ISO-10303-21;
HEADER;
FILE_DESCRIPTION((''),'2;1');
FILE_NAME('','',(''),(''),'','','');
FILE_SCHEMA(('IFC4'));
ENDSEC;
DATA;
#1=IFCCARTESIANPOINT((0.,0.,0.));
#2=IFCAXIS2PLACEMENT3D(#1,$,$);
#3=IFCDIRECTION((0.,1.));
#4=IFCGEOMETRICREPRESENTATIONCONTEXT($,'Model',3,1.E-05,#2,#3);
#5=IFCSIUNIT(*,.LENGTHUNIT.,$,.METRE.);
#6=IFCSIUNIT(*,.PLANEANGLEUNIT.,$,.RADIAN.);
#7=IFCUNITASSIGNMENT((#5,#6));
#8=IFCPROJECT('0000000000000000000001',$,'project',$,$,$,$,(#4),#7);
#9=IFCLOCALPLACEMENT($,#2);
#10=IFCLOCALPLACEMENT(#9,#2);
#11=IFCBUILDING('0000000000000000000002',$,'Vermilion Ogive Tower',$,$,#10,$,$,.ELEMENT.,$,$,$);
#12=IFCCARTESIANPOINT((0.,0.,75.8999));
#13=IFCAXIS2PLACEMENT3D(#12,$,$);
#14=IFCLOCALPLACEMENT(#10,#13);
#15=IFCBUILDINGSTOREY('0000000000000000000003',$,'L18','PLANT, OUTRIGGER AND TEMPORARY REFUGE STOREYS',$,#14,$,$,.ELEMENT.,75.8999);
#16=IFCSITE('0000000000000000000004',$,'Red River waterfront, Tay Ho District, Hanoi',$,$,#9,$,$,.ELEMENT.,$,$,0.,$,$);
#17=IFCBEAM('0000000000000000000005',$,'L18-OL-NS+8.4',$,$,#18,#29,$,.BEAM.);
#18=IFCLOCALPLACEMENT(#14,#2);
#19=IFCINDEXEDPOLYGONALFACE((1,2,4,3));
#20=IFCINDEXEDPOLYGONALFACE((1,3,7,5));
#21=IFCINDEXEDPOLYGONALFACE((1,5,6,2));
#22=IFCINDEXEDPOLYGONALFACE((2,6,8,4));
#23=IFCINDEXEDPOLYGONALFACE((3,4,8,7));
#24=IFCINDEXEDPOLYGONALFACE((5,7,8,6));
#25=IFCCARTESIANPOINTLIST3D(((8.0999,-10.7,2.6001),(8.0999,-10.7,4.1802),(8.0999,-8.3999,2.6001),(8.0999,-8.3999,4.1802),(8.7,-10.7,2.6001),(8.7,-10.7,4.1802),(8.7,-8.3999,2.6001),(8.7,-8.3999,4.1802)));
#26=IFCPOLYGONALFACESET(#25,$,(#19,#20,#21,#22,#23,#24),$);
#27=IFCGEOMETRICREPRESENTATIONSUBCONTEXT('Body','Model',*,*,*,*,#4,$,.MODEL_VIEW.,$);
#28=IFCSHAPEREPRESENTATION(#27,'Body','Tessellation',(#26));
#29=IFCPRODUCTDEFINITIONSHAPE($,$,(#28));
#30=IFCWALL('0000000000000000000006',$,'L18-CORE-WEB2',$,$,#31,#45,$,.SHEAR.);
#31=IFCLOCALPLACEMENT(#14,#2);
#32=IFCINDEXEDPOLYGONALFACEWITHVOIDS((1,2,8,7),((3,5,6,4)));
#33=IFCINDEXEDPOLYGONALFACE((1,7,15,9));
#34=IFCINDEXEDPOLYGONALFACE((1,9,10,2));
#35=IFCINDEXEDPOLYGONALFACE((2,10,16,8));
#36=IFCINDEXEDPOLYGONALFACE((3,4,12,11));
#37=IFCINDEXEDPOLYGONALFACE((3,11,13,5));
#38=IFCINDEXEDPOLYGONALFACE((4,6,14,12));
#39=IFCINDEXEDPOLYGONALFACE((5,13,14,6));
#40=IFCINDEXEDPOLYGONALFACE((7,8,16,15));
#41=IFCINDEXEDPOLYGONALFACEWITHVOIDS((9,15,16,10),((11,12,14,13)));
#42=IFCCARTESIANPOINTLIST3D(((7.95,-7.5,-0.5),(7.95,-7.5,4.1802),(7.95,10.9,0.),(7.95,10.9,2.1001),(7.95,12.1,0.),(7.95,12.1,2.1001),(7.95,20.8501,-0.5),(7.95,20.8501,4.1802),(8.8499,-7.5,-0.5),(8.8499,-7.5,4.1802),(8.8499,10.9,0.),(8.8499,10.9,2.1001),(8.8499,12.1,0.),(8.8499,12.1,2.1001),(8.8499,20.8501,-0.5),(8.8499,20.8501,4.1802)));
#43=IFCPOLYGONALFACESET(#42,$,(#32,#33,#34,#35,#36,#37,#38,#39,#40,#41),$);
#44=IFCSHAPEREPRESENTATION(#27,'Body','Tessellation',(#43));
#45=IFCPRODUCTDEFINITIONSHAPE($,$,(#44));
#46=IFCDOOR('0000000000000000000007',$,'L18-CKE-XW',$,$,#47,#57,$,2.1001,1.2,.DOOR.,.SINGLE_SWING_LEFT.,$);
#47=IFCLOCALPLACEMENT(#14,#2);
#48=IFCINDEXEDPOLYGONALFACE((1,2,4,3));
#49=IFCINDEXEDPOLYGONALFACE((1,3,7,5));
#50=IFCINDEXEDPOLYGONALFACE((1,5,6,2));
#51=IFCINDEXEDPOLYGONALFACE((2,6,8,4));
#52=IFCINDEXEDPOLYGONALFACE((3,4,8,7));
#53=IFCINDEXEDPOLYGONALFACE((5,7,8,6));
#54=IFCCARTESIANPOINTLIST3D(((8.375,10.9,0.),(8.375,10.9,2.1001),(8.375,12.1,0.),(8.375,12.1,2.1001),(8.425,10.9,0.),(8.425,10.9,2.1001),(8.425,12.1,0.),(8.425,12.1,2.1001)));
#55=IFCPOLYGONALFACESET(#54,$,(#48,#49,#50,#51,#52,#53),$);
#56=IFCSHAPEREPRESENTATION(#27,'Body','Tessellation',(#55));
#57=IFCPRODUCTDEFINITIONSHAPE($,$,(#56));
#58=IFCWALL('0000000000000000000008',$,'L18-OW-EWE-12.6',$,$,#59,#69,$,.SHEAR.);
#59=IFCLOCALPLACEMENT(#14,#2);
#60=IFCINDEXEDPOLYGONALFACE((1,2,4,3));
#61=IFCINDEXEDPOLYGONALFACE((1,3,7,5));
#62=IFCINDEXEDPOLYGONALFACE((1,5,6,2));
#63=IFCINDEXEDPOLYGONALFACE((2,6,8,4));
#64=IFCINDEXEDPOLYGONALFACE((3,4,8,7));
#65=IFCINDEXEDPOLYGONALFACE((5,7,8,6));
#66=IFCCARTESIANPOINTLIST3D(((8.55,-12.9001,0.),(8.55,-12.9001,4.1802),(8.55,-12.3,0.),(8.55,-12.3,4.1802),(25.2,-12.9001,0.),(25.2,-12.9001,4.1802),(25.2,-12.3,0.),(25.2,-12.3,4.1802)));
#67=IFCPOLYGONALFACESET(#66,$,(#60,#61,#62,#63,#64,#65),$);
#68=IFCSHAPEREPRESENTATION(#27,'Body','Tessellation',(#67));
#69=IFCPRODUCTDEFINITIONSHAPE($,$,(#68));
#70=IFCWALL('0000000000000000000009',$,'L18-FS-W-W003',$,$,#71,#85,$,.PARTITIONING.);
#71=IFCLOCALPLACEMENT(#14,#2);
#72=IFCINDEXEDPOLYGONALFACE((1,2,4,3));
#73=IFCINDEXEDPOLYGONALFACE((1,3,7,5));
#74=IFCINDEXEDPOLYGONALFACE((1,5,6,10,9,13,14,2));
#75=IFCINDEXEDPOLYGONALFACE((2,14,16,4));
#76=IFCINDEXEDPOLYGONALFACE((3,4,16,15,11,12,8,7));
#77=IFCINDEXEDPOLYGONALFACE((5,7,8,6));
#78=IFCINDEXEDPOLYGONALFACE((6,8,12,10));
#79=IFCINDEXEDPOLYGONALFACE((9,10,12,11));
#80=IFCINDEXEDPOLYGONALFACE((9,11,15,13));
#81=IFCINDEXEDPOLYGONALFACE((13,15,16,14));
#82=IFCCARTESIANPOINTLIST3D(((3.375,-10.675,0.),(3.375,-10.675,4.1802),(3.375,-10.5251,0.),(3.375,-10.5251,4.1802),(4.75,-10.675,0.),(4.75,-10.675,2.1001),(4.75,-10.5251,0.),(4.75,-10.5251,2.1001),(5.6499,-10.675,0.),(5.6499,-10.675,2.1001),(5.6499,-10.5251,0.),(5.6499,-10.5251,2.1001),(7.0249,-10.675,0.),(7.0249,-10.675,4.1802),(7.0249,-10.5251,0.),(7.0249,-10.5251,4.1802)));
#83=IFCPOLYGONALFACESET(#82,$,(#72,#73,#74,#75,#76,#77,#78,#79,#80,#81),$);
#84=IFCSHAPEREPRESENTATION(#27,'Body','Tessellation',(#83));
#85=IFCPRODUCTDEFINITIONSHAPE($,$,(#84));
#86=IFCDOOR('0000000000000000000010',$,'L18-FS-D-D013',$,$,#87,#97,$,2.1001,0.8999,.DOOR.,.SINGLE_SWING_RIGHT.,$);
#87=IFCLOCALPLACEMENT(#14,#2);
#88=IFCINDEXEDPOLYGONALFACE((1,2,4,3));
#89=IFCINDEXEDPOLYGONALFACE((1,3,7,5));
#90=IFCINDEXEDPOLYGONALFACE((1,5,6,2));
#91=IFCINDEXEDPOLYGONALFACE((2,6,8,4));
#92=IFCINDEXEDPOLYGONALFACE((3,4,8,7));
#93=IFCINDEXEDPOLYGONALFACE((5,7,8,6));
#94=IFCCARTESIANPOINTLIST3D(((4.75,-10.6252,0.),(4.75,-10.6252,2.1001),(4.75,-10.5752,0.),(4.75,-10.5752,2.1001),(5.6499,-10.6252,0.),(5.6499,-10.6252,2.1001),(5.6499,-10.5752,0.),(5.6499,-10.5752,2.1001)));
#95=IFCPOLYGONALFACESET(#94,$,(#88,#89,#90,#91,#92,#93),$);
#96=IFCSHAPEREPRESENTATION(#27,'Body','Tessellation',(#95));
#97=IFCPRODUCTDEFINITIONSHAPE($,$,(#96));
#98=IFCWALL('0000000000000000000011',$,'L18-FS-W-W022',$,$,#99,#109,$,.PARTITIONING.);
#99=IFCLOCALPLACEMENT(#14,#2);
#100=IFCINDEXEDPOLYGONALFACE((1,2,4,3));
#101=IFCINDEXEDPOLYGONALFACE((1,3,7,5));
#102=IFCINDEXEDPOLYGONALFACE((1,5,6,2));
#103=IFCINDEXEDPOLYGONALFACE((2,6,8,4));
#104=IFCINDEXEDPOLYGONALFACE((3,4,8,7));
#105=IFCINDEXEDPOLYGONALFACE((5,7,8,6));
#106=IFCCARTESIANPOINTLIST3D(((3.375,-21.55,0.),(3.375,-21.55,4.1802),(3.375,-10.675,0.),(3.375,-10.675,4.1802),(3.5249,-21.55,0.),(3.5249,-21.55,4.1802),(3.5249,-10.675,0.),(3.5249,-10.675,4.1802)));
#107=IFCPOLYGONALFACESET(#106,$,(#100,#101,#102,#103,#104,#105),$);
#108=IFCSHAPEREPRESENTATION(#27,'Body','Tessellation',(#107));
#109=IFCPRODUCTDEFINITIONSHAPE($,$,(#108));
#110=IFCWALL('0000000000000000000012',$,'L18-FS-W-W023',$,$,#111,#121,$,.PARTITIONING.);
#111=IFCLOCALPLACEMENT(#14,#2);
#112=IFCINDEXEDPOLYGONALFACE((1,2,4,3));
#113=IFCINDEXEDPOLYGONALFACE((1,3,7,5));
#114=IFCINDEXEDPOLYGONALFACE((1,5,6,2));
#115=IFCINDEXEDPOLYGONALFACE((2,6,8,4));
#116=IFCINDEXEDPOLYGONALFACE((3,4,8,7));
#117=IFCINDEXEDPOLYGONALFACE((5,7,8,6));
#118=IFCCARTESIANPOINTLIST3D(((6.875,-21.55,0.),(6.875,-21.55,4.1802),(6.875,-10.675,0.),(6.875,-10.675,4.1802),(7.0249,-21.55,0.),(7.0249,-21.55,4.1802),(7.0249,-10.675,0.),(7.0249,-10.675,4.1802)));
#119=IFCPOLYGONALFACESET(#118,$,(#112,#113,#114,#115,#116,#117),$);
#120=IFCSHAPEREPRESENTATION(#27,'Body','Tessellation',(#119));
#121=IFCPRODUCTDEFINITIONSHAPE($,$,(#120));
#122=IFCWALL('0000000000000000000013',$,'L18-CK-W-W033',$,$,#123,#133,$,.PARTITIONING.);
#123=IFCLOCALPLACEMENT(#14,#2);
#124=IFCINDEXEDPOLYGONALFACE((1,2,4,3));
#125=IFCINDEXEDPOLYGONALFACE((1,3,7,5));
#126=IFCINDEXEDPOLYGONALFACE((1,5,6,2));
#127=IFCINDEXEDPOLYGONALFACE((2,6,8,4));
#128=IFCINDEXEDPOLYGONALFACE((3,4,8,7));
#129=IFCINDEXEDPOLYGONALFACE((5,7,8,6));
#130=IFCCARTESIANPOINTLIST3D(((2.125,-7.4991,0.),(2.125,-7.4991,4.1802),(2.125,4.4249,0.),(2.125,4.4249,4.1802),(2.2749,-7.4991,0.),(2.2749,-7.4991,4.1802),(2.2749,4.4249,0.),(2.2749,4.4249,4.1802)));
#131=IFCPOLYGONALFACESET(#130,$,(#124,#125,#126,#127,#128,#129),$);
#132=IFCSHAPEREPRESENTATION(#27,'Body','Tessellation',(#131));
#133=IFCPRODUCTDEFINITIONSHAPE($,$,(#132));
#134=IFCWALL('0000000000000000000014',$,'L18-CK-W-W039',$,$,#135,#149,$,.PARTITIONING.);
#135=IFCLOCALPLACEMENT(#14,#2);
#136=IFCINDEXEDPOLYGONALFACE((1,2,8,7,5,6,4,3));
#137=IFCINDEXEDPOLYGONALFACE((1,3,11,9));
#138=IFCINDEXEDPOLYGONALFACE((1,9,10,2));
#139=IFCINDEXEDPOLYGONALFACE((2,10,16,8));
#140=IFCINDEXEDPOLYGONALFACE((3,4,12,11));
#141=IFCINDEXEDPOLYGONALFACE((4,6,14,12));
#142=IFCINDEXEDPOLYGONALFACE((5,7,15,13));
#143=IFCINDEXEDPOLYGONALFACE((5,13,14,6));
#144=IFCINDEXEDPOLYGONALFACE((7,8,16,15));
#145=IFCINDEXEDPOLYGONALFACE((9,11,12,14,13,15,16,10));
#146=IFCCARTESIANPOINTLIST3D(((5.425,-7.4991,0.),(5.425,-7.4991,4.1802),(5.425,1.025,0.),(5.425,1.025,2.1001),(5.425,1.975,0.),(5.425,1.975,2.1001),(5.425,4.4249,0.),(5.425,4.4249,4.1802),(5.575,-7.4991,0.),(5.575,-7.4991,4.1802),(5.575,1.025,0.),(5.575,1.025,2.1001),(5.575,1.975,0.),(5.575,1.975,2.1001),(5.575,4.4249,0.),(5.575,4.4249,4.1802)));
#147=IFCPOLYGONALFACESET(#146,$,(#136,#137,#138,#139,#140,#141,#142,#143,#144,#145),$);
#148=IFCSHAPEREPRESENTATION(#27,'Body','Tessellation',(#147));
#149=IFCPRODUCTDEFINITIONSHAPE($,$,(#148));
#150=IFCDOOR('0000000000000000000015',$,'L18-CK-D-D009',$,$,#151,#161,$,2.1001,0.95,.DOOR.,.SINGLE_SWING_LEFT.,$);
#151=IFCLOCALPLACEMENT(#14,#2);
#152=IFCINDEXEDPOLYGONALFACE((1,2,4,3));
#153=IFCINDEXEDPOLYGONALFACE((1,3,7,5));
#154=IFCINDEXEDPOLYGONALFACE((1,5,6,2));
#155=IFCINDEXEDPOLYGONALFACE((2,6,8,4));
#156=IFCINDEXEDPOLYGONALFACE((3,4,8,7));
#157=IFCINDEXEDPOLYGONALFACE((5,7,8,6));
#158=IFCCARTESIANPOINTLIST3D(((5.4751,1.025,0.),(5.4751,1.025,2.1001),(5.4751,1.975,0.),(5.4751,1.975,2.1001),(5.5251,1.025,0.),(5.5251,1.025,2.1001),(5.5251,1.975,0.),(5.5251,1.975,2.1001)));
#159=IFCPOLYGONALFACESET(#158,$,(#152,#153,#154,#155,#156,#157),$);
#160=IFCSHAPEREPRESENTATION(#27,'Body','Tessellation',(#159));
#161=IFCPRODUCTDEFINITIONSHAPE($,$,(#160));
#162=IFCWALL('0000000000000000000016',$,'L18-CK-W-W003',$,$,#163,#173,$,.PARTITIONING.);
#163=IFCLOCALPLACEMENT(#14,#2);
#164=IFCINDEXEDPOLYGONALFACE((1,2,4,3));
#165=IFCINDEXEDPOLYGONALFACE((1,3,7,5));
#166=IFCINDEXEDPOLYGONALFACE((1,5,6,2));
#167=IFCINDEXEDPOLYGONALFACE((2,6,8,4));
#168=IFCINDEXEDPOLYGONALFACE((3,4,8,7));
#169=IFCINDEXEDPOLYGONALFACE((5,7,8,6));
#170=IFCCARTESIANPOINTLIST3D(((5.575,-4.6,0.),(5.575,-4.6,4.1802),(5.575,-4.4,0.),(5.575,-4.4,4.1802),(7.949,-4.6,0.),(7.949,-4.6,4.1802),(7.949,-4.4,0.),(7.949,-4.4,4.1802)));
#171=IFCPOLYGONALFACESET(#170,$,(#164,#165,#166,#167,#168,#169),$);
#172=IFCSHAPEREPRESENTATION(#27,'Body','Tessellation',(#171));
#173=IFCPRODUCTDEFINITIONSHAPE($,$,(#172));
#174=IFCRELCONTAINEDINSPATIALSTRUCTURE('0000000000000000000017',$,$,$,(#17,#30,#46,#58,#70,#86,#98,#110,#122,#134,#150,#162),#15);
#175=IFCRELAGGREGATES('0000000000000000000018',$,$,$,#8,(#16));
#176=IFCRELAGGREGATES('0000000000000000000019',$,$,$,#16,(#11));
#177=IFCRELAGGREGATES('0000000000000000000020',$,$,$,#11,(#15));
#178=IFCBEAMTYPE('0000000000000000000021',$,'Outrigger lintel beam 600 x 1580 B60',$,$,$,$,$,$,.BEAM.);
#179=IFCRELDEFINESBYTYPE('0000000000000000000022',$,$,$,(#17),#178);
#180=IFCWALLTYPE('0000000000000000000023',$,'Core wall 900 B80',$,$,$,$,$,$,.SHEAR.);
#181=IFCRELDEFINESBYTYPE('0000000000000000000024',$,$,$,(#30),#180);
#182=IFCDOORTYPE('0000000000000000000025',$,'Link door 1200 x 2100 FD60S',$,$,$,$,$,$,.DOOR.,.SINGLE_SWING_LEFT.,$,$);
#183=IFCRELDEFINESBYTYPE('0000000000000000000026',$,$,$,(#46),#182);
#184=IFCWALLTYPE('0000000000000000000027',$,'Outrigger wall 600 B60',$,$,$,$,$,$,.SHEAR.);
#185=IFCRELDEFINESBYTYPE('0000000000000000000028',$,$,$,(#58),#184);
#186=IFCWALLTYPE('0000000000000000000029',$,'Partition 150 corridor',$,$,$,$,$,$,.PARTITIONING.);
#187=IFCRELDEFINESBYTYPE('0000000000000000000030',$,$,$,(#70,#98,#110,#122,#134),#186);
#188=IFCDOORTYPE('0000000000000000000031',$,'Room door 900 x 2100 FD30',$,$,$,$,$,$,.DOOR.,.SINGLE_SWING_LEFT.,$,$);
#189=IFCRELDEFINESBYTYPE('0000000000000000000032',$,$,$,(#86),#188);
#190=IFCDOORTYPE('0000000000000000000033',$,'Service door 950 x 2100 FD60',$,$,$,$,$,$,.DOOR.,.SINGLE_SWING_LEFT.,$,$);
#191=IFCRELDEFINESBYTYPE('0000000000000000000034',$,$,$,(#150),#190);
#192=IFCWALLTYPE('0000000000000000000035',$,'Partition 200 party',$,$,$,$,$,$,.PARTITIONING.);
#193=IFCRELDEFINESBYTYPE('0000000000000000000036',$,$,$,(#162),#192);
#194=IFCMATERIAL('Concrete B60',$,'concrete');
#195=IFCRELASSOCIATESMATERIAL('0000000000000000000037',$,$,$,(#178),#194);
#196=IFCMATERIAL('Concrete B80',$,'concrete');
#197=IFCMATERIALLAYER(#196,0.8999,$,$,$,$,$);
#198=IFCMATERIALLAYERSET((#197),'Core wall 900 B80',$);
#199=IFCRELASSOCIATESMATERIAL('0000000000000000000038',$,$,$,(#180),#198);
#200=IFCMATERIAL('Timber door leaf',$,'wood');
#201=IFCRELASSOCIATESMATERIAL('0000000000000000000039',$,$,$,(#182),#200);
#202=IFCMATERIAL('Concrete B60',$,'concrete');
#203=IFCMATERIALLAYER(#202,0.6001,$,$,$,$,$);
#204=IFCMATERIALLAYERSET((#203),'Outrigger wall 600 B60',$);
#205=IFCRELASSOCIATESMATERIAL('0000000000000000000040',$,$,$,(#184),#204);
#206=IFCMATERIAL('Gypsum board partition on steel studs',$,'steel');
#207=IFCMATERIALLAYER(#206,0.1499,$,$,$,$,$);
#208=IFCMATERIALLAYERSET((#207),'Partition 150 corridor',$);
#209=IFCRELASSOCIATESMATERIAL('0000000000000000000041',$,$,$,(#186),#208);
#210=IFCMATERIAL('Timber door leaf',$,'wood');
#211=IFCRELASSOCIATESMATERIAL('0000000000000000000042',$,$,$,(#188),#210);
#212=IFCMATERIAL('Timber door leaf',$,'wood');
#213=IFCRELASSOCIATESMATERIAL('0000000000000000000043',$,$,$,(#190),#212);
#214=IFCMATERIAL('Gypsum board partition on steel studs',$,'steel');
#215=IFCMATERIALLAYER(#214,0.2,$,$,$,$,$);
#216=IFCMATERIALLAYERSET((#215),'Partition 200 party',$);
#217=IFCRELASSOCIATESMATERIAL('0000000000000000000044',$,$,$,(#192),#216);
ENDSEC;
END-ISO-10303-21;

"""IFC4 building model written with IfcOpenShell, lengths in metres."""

from ifc_helpers import new_model, si_unit, direction, frame, frame_2d, origin, origin_2d, place, context, subcontext, project, spatial, rectangle, extrude, material, layer, layer_set, material_profile, profile_set, type_object, element, fill, save


model = new_model("IFC4")

# Units and contexts
model_context = context("Model", 3, precision=1e-05, world=origin(), true_north=direction((0.0, 1.0)))
body_context = subcontext(model_context, "Body", "Model", "MODEL_VIEW")
ifc_project = project(units=[si_unit("LENGTHUNIT", "METRE"), si_unit("PLANEANGLEUNIT", "RADIAN")], contexts=[model_context])

# Site, building, storey
site_placement = place(None, origin())
site = spatial("IfcSite", under=ifc_project, at=site_placement, Name="Red River waterfront, Tay Ho District, Hanoi", CompositionType="ELEMENT", RefElevation=0.0)
building_placement = place(site_placement, origin())
building = spatial("IfcBuilding", under=site, at=building_placement, Name="Vermilion Ogive Tower", CompositionType="ELEMENT")
storey_placement = place(building_placement, frame((0.0, 0.0, 75.8999)))
storey = spatial("IfcBuildingStorey", under=building, at=storey_placement, Name="L18", Description="PLANT, OUTRIGGER AND TEMPORARY REFUGE STOREYS", CompositionType="ELEMENT", Elevation=75.8999)

# Beam
ifc_material_1 = material(Name="Concrete B60", Category="concrete")
ifc_material_profile = material_profile(ifc_material_1, rectangle(XDim=0.6001, YDim=1.5801, at=origin_2d()), Name="600 x 1580")
ifc_profile_set = profile_set([ifc_material_profile], Name="Concrete B60")
beam_type = type_object("IfcBeamType", Name="Outrigger lintel beam 600 x 1580 B60", PredefinedType="BEAM", material=ifc_profile_set)
beam_placement = place(storey_placement, frame((8.3999, -8.3999, 3.3901), z_axis=(0.0, -1.0, 0.0), x_axis=(1.0, 0.0, 0.0)))
element("IfcBeam", 1, at=beam_placement, inside=storey, type_object=beam_type, Name="L18-OL-NS+8.4", PredefinedType="BEAM", context=body_context, shape_type="SweptSolid", body=[
    extrude(rectangle(XDim=0.6001, YDim=1.5801, at=origin_2d()), origin(), (0.0, 0.0, 1.0), 2.3),
])

# Wall, opening, door
ifc_material_2 = material(Name="Concrete B80", Category="concrete")
ifc_layer_1 = layer(ifc_material_2, 0.8999)
ifc_layer_set_1 = layer_set([ifc_layer_1], Name="Core wall 900 B80")
wall_type_1 = type_object("IfcWallType", Name="Core wall 900 B80", PredefinedType="SHEAR", material=ifc_layer_set_1)
wall_1_placement = place(storey_placement, frame((8.3999, -7.5, -0.5), z_axis=(0.0, 0.0, 1.0), x_axis=(0.0, 1.0, 0.0)))
wall_1 = element("IfcWall", 2, at=wall_1_placement, inside=storey, type_object=wall_type_1, Name="L18-CORE-WEB2", PredefinedType="SHEAR", context=body_context, shape_type="SweptSolid", body=[
    extrude(rectangle(XDim=28.3501, YDim=0.8999, at=frame_2d((14.175, 0.0))), origin(), (0.0, 0.0, 1.0), 4.6802),
])
opening_1_placement = place(wall_1_placement, frame((18.3999, 0.0, 0.5)))
opening_1 = element("IfcOpeningElement", 3, at=opening_1_placement, cuts=wall_1, PredefinedType="OPENING", context=body_context, shape_type="SweptSolid", body=[
    extrude(rectangle(XDim=1.2, YDim=2.1001, at=frame_2d((0.6001, 1.05))), frame((0.0, 0.46, 0.0), z_axis=(0.0, -1.0, 0.0), x_axis=(1.0, 0.0, 0.0)), (0.0, 0.0, 1.0), 0.9199),
])
ifc_material_3 = material(Name="Timber door leaf", Category="wood")
door_type_1 = type_object("IfcDoorType", Name="Link door 1200 x 2100 FD60S", OperationType="SINGLE_SWING_LEFT", PredefinedType="DOOR", material=ifc_material_3)
door_1_placement = place(opening_1_placement, origin())
door_1 = element("IfcDoor", 4, at=door_1_placement, inside=storey, type_object=door_type_1, Name="L18-CKE-XW", OperationType="SINGLE_SWING_LEFT", OverallHeight=2.1001, OverallWidth=1.2, PredefinedType="DOOR", context=body_context, shape_type="SweptSolid", body=[
    extrude(rectangle(XDim=1.2, YDim=2.1001, at=frame_2d((0.6001, 1.05))), frame((0.0, 0.0249, 0.0), z_axis=(0.0, -1.0, 0.0), x_axis=(1.0, 0.0, 0.0)), (0.0, 0.0, 1.0), 0.05),
])
fill(opening_1, door_1)

# Wall
ifc_material_4 = material(Name="Concrete B60", Category="concrete")
ifc_layer_2 = layer(ifc_material_4, 0.6001)
ifc_layer_set_2 = layer_set([ifc_layer_2], Name="Outrigger wall 600 B60")
wall_type_2 = type_object("IfcWallType", Name="Outrigger wall 600 B60", PredefinedType="SHEAR", material=ifc_layer_set_2)
wall_2_placement = place(storey_placement, frame((8.55, -12.6001, 0.0), z_axis=(0.0, 0.0, 1.0), x_axis=(1.0, 0.0, 0.0)))
element("IfcWall", 5, at=wall_2_placement, inside=storey, type_object=wall_type_2, Name="L18-OW-EWE-12.6", PredefinedType="SHEAR", context=body_context, shape_type="SweptSolid", body=[
    extrude(rectangle(XDim=16.6499, YDim=0.6001, at=frame_2d((8.325, 0.0))), origin(), (0.0, 0.0, 1.0), 4.1802),
])

# Wall, opening, door
ifc_material_5 = material(Name="Gypsum board partition on steel studs", Category="steel")
ifc_layer_3 = layer(ifc_material_5, 0.1499)
ifc_layer_set_3 = layer_set([ifc_layer_3], Name="Partition 150 corridor")
wall_type_3 = type_object("IfcWallType", Name="Partition 150 corridor", PredefinedType="PARTITIONING", material=ifc_layer_set_3)
wall_3_placement = place(storey_placement, frame((3.375, -10.6001, 0.0), z_axis=(0.0, 0.0, 1.0), x_axis=(1.0, 0.0, 0.0)))
wall_3 = element("IfcWall", 6, at=wall_3_placement, inside=storey, type_object=wall_type_3, Name="L18-FS-W-W003", PredefinedType="PARTITIONING", context=body_context, shape_type="SweptSolid", body=[
    extrude(rectangle(XDim=3.6499, YDim=0.1499, at=frame_2d((1.825, 0.0))), origin(), (0.0, 0.0, 1.0), 4.1802),
])
opening_2_placement = place(wall_3_placement, frame((1.375, 0.0, 0.0)))
opening_2 = element("IfcOpeningElement", 7, at=opening_2_placement, cuts=wall_3, PredefinedType="OPENING", context=body_context, shape_type="SweptSolid", body=[
    extrude(rectangle(XDim=0.8999, YDim=2.1001, at=frame_2d((0.45, 1.05))), frame((0.0, 0.085, 0.0), z_axis=(0.0, -1.0, 0.0), x_axis=(1.0, 0.0, 0.0)), (0.0, 0.0, 1.0), 0.1699),
])
ifc_material_6 = material(Name="Timber door leaf", Category="wood")
door_type_2 = type_object("IfcDoorType", Name="Room door 900 x 2100 FD30", OperationType="SINGLE_SWING_LEFT", PredefinedType="DOOR", material=ifc_material_6)
door_2_placement = place(opening_2_placement, origin())
door_2 = element("IfcDoor", 8, at=door_2_placement, inside=storey, type_object=door_type_2, Name="L18-FS-D-D013", OperationType="SINGLE_SWING_RIGHT", OverallHeight=2.1001, OverallWidth=0.8999, PredefinedType="DOOR", context=body_context, shape_type="SweptSolid", body=[
    extrude(rectangle(XDim=0.8999, YDim=2.1001, at=frame_2d((0.45, 1.05))), frame((0.0, 0.0249, 0.0), z_axis=(0.0, -1.0, 0.0), x_axis=(1.0, 0.0, 0.0)), (0.0, 0.0, 1.0), 0.05),
])
fill(opening_2, door_2)

# Walls
for number, where, z_axis, x_axis, name in (
    (9, (3.45, -21.55, 0.0), (0.0, 0.0, 1.0), (0.0, 1.0, 0.0), "L18-FS-W-W022"),
    (10, (6.95, -21.55, 0.0), (0.0, 0.0, 1.0), (0.0, 1.0, 0.0), "L18-FS-W-W023"),
):
    element("IfcWall", number, at=place(storey_placement, frame(where, z_axis=z_axis, x_axis=x_axis)), inside=storey, type_object=wall_type_3, Name=name, PredefinedType="PARTITIONING", context=body_context, shape_type="SweptSolid", body=[
        extrude(rectangle(XDim=10.875, YDim=0.1499, at=frame_2d((5.4375, 0.0))), origin(), (0.0, 0.0, 1.0), 4.1802),
    ])
wall_4_placement = place(storey_placement, frame((2.2, -7.499, 0.0), z_axis=(0.0, 0.0, 1.0), x_axis=(0.0, 1.0, 0.0)))
element("IfcWall", 11, at=wall_4_placement, inside=storey, type_object=wall_type_3, Name="L18-CK-W-W033", PredefinedType="PARTITIONING", context=body_context, shape_type="SweptSolid", body=[
    extrude(rectangle(XDim=11.9241, YDim=0.1499, at=frame_2d((5.9619, 0.0))), origin(), (0.0, 0.0, 1.0), 4.1802),
])

# Wall, opening, door
wall_5_placement = place(storey_placement, frame((5.5, -7.499, 0.0), z_axis=(0.0, 0.0, 1.0), x_axis=(0.0, 1.0, 0.0)))
wall_5 = element("IfcWall", 12, at=wall_5_placement, inside=storey, type_object=wall_type_3, Name="L18-CK-W-W039", PredefinedType="PARTITIONING", context=body_context, shape_type="SweptSolid", body=[
    extrude(rectangle(XDim=11.9241, YDim=0.1499, at=frame_2d((5.9619, 0.0))), origin(), (0.0, 0.0, 1.0), 4.1802),
])
opening_3_placement = place(wall_5_placement, frame((8.5239, 0.0, 0.0)))
opening_3 = element("IfcOpeningElement", 13, at=opening_3_placement, cuts=wall_5, PredefinedType="OPENING", context=body_context, shape_type="SweptSolid", body=[
    extrude(rectangle(XDim=0.95, YDim=2.1001, at=frame_2d((0.4751, 1.05))), frame((0.0, 0.085, 0.0), z_axis=(0.0, -1.0, 0.0), x_axis=(1.0, 0.0, 0.0)), (0.0, 0.0, 1.0), 0.1699),
])
ifc_material_7 = material(Name="Timber door leaf", Category="wood")
door_type_3 = type_object("IfcDoorType", Name="Service door 950 x 2100 FD60", OperationType="SINGLE_SWING_LEFT", PredefinedType="DOOR", material=ifc_material_7)
door_3_placement = place(opening_3_placement, origin())
door_3 = element("IfcDoor", 14, at=door_3_placement, inside=storey, type_object=door_type_3, Name="L18-CK-D-D009", OperationType="SINGLE_SWING_LEFT", OverallHeight=2.1001, OverallWidth=0.95, PredefinedType="DOOR", context=body_context, shape_type="SweptSolid", body=[
    extrude(rectangle(XDim=0.95, YDim=2.1001, at=frame_2d((0.4751, 1.05))), frame((0.0, 0.0249, 0.0), z_axis=(0.0, -1.0, 0.0), x_axis=(1.0, 0.0, 0.0)), (0.0, 0.0, 1.0), 0.05),
])
fill(opening_3, door_3)

# Wall
ifc_material_8 = material(Name="Gypsum board partition on steel studs", Category="steel")
ifc_layer_4 = layer(ifc_material_8, 0.2)
ifc_layer_set_4 = layer_set([ifc_layer_4], Name="Partition 200 party")
wall_type_4 = type_object("IfcWallType", Name="Partition 200 party", PredefinedType="PARTITIONING", material=ifc_layer_set_4)
for number, where, z_axis, x_axis, name in (
    (15, (5.575, -4.5, 0.0), (0.0, 0.0, 1.0), (1.0, 0.0, 0.0), "L18-CK-W-W003"),
):
    element("IfcWall", number, at=place(storey_placement, frame(where, z_axis=z_axis, x_axis=x_axis)), inside=storey, type_object=wall_type_4, Name=name, PredefinedType="PARTITIONING", context=body_context, shape_type="SweptSolid", body=[
        extrude(rectangle(XDim=2.374, YDim=0.2, at=frame_2d((1.187, 0.0))), origin(), (0.0, 0.0, 1.0), 4.1802),
    ])

save(model, "model.ifc")
